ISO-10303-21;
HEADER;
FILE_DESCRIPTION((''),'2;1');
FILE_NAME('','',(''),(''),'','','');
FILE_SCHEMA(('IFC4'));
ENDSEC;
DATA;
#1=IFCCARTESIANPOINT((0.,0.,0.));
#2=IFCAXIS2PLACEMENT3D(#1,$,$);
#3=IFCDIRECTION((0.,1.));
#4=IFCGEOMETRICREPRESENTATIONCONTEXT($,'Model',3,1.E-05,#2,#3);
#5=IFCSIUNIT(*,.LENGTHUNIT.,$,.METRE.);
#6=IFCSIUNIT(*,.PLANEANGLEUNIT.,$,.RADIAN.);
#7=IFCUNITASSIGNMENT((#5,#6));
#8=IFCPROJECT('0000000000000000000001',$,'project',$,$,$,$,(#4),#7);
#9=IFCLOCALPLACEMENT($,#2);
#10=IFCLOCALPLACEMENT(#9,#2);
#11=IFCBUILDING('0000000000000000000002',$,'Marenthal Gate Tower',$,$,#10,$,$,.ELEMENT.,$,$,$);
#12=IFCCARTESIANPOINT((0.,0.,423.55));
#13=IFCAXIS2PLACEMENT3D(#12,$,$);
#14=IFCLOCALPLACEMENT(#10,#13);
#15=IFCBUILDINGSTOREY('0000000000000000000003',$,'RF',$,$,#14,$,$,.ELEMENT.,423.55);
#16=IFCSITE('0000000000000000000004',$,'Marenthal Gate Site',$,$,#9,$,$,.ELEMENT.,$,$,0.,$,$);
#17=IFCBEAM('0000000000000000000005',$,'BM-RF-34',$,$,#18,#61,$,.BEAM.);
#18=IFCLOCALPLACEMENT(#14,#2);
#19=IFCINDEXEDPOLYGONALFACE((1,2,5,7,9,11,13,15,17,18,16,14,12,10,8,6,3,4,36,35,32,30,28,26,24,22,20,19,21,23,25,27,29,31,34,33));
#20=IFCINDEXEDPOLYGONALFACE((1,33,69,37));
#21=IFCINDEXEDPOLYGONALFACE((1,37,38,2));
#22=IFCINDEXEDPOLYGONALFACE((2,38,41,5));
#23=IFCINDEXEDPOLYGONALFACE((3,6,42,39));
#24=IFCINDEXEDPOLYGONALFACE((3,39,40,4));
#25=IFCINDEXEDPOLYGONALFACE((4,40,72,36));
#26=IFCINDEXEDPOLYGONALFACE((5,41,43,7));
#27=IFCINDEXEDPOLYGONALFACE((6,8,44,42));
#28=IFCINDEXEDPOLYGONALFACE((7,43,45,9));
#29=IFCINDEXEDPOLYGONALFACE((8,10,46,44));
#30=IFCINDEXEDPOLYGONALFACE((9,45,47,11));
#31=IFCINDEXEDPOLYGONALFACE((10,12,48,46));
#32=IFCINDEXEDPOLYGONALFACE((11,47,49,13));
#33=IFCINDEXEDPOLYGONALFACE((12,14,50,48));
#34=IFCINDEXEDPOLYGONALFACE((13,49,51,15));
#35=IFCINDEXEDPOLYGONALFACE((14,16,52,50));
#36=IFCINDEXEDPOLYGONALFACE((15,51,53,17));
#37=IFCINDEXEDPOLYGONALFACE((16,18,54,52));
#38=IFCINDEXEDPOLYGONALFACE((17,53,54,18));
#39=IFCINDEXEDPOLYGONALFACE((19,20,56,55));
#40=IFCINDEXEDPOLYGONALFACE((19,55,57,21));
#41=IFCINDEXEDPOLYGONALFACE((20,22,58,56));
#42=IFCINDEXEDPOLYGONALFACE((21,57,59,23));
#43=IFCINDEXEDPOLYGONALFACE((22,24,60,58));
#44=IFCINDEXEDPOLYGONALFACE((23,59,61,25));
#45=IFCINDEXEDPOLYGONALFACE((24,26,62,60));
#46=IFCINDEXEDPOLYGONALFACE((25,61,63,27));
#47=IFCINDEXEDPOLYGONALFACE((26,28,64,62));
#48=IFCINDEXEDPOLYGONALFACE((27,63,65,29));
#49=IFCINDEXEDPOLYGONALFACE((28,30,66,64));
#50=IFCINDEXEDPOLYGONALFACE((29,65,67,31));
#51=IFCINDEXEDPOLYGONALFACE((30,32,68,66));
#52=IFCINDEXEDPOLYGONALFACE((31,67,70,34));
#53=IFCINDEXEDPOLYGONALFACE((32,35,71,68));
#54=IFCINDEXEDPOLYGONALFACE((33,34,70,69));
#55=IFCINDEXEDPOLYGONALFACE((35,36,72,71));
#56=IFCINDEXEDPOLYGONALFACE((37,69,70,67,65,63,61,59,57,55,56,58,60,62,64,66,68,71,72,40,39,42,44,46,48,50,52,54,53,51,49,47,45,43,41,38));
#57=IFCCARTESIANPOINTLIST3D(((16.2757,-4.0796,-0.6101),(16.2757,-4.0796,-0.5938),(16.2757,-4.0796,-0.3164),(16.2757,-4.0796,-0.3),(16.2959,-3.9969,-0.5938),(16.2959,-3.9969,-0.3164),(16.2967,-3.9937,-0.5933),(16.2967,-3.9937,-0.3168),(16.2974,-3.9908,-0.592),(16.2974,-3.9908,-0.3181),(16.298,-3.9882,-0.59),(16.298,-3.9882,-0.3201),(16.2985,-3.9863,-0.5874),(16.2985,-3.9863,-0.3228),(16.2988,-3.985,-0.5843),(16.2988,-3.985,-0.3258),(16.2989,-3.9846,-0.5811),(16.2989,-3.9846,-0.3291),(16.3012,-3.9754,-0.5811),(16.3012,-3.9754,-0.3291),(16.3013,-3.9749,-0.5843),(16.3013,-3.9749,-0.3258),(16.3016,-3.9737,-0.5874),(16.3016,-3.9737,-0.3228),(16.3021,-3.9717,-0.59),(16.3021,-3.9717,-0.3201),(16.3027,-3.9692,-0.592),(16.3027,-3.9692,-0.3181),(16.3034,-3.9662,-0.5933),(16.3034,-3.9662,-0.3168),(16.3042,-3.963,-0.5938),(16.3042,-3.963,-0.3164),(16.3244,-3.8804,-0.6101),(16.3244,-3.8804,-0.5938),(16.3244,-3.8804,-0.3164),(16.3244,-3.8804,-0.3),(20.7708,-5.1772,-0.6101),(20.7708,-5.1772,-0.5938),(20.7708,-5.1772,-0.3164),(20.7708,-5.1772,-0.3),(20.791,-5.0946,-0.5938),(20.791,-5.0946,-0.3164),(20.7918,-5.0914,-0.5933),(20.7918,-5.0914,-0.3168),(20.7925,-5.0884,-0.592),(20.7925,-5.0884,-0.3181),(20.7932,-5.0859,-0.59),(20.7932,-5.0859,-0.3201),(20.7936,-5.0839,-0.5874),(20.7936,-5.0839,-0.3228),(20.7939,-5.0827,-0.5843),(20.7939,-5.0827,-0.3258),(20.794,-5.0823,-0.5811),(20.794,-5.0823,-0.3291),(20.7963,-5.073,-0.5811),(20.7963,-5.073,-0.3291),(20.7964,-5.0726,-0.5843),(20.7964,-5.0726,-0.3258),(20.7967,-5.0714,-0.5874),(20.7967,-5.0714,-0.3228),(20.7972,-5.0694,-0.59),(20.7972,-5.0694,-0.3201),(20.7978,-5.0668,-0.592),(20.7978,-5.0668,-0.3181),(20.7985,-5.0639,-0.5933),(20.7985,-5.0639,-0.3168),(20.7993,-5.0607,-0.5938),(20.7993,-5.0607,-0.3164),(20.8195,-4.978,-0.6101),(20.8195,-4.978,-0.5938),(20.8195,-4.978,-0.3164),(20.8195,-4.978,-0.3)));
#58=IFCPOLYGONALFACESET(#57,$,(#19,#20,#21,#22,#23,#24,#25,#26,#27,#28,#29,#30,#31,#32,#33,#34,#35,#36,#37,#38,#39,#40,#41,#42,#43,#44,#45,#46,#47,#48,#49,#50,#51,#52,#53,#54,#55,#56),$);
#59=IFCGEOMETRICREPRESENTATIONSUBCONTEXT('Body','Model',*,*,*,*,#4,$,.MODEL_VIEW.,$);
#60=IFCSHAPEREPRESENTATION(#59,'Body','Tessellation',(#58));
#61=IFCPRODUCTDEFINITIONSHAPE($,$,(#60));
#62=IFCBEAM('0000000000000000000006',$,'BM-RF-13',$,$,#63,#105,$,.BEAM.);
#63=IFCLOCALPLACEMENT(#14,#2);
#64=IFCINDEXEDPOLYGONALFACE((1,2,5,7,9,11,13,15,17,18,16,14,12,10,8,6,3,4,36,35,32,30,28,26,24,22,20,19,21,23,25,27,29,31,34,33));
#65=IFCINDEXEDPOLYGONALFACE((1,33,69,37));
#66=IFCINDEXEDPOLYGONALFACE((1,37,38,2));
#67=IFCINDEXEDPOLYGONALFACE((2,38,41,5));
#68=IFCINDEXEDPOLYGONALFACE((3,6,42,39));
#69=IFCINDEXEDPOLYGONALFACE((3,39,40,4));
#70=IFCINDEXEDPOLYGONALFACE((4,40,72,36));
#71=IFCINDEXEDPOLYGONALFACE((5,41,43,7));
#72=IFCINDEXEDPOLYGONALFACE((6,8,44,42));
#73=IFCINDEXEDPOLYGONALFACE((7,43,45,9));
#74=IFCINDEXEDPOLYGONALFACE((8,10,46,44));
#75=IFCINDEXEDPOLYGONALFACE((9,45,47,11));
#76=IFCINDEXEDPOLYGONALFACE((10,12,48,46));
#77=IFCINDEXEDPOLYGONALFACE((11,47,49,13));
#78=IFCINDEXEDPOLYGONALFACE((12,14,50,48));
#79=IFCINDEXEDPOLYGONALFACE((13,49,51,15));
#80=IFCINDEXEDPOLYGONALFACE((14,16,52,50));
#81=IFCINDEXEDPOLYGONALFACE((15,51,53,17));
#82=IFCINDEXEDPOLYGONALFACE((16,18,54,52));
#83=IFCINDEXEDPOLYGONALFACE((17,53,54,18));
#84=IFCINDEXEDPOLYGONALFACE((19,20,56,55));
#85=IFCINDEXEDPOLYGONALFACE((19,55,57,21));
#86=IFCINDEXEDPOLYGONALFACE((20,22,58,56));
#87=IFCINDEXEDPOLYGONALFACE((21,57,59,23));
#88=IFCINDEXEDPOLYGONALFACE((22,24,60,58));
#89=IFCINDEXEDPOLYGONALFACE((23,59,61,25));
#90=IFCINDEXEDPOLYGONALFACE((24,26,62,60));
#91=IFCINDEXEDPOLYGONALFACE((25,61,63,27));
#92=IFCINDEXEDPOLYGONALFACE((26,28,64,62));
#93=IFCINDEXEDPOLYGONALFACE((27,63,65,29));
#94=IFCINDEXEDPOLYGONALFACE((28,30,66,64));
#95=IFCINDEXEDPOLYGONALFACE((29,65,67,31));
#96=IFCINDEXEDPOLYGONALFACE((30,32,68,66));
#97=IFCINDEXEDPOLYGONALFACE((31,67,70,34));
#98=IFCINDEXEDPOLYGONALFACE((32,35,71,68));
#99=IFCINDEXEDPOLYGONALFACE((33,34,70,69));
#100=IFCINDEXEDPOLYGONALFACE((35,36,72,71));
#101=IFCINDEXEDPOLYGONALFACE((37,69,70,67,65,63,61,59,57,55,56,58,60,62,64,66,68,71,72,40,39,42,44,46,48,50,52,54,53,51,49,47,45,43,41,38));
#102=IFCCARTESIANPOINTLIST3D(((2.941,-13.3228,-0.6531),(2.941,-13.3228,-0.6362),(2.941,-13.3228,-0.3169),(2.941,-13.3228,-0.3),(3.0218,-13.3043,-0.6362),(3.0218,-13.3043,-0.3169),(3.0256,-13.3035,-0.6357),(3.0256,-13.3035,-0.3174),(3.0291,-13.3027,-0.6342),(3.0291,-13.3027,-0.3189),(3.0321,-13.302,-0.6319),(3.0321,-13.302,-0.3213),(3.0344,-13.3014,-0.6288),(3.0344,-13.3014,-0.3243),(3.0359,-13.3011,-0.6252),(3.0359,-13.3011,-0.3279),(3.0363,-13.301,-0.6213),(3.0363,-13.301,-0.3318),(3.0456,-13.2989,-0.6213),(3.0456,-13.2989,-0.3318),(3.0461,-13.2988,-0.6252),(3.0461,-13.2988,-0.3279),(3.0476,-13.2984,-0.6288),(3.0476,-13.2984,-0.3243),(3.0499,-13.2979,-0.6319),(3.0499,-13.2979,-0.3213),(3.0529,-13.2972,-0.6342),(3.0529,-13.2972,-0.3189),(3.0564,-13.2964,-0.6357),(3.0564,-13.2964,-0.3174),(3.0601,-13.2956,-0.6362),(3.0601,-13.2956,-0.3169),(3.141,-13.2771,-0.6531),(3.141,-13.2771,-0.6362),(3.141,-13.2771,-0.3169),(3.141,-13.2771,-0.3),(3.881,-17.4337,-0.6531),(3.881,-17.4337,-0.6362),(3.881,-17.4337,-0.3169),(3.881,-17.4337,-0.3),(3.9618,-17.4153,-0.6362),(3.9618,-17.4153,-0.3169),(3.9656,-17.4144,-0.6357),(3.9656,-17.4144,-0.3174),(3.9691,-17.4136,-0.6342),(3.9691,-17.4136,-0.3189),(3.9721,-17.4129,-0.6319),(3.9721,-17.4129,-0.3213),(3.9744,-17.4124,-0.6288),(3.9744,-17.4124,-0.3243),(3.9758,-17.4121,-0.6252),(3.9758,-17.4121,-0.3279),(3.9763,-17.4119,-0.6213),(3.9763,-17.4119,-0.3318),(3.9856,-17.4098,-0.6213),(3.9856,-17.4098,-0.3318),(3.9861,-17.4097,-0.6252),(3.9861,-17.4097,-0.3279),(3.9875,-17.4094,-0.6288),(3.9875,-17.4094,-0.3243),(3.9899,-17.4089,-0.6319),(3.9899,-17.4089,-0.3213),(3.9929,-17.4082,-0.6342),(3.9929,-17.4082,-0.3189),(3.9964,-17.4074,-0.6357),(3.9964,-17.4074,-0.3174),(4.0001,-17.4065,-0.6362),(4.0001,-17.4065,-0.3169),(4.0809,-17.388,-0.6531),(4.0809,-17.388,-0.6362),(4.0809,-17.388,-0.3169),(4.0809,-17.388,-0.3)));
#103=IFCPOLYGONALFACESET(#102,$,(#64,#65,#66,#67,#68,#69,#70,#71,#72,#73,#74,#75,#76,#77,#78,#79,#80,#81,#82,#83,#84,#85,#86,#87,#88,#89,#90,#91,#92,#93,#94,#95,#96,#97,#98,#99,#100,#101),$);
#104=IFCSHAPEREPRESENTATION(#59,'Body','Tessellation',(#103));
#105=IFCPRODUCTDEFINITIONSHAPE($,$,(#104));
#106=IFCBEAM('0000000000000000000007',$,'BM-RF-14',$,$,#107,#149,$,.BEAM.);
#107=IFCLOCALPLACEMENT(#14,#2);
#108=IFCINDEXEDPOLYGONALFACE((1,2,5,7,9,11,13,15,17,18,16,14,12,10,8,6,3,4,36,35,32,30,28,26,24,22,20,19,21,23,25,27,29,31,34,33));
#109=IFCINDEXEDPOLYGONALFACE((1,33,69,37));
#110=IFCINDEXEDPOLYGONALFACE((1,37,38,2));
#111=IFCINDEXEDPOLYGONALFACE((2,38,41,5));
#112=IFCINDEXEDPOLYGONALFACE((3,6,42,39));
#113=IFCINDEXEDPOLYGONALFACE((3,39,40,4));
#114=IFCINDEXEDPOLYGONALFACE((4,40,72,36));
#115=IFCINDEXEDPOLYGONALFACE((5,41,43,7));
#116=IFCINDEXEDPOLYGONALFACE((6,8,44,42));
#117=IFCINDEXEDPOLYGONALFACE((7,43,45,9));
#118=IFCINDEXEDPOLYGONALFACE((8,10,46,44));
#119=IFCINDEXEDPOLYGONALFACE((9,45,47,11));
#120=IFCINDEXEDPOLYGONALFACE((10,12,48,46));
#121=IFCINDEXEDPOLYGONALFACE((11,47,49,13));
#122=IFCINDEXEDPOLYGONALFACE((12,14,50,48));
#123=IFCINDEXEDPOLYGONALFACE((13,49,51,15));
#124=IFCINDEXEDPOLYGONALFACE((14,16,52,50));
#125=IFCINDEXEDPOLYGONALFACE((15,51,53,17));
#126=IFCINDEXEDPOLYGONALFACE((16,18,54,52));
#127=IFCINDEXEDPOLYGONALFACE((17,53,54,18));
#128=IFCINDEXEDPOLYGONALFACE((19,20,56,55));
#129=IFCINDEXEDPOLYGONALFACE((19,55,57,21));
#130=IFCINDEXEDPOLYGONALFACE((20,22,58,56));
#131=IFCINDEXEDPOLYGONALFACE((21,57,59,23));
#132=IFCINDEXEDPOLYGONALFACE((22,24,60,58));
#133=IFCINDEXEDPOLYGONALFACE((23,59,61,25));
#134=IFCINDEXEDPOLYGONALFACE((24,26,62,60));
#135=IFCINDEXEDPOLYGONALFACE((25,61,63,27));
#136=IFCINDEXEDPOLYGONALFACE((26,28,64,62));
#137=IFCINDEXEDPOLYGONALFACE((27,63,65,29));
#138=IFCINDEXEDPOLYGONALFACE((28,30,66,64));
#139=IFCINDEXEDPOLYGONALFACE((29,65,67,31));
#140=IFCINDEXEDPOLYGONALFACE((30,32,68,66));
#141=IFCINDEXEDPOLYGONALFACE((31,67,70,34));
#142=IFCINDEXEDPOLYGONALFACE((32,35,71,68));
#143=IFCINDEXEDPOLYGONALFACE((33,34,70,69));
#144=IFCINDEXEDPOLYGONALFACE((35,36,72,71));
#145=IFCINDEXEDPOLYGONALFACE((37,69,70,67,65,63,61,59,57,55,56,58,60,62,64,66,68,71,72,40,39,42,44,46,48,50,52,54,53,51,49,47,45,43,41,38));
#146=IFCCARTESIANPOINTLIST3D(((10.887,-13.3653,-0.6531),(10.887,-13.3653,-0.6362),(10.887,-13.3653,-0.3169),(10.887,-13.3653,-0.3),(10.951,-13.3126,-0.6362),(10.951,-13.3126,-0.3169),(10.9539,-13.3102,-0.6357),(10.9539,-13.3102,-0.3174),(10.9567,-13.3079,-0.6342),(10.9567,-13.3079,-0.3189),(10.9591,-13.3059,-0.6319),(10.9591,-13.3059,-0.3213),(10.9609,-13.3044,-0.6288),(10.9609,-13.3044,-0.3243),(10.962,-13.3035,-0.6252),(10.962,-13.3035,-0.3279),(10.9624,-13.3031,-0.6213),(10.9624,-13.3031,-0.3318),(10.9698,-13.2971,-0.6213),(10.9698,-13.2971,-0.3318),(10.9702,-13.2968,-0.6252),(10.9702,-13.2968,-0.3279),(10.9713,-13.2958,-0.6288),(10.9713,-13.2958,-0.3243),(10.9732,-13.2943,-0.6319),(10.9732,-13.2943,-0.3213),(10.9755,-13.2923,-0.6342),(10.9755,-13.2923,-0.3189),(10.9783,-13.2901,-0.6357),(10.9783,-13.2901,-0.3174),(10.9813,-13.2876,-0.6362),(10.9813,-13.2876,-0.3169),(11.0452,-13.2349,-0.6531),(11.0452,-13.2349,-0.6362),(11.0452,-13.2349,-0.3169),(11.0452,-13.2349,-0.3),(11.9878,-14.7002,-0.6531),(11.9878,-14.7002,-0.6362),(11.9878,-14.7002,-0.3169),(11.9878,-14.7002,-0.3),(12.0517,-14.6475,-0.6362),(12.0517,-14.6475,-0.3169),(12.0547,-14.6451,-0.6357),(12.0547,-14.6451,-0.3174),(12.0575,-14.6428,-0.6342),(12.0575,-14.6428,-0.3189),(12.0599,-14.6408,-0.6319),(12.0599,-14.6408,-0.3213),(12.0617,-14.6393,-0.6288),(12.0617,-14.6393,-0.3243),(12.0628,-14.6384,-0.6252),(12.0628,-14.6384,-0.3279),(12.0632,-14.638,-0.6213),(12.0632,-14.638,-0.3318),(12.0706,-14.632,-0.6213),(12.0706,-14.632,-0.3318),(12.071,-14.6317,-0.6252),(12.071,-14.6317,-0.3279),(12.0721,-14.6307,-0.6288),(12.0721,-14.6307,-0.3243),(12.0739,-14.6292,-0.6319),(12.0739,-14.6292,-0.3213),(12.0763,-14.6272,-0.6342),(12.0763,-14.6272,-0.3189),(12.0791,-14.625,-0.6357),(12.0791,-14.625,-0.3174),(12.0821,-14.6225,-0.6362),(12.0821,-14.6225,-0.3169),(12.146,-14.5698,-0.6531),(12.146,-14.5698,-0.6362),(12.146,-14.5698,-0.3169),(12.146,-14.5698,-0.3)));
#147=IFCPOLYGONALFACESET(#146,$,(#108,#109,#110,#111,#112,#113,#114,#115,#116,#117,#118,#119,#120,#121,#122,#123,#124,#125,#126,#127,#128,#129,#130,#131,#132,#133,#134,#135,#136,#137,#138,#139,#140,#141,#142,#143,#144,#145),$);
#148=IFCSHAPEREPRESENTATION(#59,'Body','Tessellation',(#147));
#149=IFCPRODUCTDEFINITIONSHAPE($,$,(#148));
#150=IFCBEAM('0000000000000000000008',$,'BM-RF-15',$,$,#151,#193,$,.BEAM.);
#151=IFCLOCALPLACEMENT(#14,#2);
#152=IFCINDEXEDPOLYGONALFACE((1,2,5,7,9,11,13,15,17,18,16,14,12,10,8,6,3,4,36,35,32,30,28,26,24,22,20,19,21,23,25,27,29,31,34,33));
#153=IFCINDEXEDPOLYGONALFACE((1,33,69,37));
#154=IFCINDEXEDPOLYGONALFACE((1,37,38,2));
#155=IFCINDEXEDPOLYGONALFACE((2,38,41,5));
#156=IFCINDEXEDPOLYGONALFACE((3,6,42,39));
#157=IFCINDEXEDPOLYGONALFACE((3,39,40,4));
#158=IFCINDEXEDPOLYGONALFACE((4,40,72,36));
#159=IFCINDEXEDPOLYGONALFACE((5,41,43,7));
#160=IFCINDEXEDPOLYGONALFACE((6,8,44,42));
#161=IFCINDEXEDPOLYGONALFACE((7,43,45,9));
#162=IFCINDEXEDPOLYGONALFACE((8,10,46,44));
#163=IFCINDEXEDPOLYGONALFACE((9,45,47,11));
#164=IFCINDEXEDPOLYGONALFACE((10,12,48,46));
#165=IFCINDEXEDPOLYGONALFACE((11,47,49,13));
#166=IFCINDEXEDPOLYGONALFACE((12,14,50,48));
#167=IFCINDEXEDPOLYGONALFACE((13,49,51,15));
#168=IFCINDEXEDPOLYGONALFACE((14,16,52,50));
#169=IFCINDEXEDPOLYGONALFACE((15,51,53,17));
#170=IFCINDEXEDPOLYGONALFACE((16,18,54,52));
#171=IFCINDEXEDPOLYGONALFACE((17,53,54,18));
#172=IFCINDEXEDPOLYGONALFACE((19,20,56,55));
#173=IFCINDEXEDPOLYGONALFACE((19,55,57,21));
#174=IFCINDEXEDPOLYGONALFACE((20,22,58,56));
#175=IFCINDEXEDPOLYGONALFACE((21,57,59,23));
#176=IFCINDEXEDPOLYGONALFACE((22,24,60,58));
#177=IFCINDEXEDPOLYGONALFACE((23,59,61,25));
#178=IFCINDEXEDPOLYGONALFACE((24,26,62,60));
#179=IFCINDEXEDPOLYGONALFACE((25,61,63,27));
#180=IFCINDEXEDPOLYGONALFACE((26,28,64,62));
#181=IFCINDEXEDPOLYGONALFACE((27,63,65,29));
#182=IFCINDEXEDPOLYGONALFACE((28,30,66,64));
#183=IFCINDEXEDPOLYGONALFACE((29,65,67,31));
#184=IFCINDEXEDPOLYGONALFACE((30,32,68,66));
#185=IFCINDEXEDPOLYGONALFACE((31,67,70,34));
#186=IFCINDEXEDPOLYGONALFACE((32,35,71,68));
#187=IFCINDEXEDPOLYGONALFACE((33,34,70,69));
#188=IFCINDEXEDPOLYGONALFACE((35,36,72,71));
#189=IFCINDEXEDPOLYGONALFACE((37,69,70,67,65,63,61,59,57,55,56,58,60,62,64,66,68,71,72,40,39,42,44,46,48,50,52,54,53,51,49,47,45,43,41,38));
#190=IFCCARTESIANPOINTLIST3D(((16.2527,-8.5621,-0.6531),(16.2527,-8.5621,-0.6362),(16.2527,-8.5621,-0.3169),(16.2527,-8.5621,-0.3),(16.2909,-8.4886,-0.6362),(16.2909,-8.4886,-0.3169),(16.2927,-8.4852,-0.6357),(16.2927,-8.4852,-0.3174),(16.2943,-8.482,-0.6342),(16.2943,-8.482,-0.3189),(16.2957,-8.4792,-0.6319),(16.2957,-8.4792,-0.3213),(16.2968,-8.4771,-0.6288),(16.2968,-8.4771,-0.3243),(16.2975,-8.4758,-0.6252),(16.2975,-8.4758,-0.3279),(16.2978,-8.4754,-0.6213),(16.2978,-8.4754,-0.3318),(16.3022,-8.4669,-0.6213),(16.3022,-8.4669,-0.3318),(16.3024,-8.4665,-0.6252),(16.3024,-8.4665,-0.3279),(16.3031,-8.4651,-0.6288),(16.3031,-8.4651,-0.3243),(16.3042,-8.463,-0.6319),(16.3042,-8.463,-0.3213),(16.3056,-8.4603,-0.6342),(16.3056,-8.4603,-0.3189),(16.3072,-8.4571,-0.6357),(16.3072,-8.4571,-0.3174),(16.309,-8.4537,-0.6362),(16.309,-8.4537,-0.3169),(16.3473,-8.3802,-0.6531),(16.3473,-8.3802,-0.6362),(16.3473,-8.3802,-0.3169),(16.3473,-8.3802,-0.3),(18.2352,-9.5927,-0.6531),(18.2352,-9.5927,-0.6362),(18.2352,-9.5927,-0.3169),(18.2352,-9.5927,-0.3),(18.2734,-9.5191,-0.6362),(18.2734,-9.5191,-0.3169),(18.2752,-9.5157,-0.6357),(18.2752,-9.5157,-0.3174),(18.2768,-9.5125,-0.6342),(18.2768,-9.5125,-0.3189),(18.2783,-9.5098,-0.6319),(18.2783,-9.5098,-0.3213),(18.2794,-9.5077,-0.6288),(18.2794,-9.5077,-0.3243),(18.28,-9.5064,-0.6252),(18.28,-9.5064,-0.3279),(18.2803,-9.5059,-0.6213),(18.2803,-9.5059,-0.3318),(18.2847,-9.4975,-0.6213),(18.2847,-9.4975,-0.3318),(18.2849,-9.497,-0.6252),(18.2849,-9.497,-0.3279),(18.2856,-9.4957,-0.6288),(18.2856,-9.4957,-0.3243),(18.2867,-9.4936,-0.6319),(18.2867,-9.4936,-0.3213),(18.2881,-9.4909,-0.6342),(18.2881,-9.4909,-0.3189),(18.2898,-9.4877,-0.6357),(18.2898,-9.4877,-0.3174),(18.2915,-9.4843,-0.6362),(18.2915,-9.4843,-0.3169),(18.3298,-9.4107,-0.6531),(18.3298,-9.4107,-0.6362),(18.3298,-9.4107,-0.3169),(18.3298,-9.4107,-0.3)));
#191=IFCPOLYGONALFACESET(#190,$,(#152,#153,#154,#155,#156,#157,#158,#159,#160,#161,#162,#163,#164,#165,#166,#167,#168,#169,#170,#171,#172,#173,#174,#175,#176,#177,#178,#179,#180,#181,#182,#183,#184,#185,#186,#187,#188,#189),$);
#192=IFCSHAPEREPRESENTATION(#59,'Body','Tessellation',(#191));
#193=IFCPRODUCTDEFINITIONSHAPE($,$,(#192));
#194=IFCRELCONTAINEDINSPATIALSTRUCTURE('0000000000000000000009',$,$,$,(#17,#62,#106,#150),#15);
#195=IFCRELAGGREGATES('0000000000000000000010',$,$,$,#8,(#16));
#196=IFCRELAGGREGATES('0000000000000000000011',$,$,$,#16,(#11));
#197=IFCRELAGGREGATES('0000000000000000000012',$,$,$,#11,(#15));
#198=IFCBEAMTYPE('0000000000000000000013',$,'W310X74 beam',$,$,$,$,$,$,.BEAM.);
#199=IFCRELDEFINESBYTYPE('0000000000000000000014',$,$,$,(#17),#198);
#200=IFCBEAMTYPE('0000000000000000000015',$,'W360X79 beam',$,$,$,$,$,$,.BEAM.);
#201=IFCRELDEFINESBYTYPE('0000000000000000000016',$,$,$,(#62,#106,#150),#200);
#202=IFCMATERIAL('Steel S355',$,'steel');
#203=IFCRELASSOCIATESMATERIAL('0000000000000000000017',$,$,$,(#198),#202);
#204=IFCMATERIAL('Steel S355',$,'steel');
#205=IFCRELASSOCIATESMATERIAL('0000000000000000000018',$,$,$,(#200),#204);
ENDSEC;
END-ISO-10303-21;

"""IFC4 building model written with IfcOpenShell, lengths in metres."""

from ifc_helpers import new_model, si_unit, direction, frame, origin, origin_2d, place, context, subcontext, project, spatial, i_section, extrude, material, material_profile, profile_set, type_object, element, save


model = new_model("IFC4")

# Units and contexts
model_context = context("Model", 3, precision=1e-05, world=origin(), true_north=direction((0.0, 1.0)))
body_context = subcontext(model_context, "Body", "Model", "MODEL_VIEW")
ifc_project = project(units=[si_unit("LENGTHUNIT", "METRE"), si_unit("PLANEANGLEUNIT", "RADIAN")], contexts=[model_context])

# Site, building, storey
site_placement = place(None, origin())
site = spatial("IfcSite", under=ifc_project, at=site_placement, Name="Marenthal Gate Site", CompositionType="ELEMENT", RefElevation=0.0)
building_placement = place(site_placement, origin())
building = spatial("IfcBuilding", under=site, at=building_placement, Name="Marenthal Gate Tower", CompositionType="ELEMENT")
storey_placement = place(building_placement, frame((0.0, 0.0, 423.55)))
storey = spatial("IfcBuildingStorey", under=building, at=storey_placement, Name="RF", CompositionType="ELEMENT", Elevation=423.55)

# Beams
ifc_material_1 = material(Name="Steel S355", Category="steel")
ifc_material_profile_1 = material_profile(ifc_material_1, i_section(OverallWidth=0.2051, OverallDepth=0.3101, WebThickness=0.0095, FlangeThickness=0.0164, FilletRadius=0.0127, at=origin_2d()), Name="W310X74")
ifc_profile_set_1 = profile_set([ifc_material_profile_1], Name="Steel S355")
beam_type_1 = type_object("IfcBeamType", Name="W310X74 beam", PredefinedType="BEAM", material=ifc_profile_set_1)
beam_1_placement = place(storey_placement, frame((20.7952, -5.0776, -0.4551), z_axis=(-0.971456, 0.237219, 0.0), x_axis=(-0.237219, -0.971456, 0.0)))
element("IfcBeam", 1, at=beam_1_placement, inside=storey, type_object=beam_type_1, Name="BM-RF-34", PredefinedType="BEAM", context=body_context, shape_type="SweptSolid", body=[
    extrude(i_section(OverallWidth=0.2051, OverallDepth=0.3101, WebThickness=0.0095, FlangeThickness=0.0164, FilletRadius=0.0127, at=origin_2d()), origin(), (0.0, 0.0, 1.0), 4.6272),
])
ifc_material_2 = material(Name="Steel S355", Category="steel")
ifc_material_profile_2 = material_profile(ifc_material_2, i_section(OverallWidth=0.2051, OverallDepth=0.353, WebThickness=0.0095, FlangeThickness=0.0168, FilletRadius=0.0149, at=origin_2d()), Name="W360X79")
ifc_profile_set_2 = profile_set([ifc_material_profile_2], Name="Steel S355")
beam_type_2 = type_object("IfcBeamType", Name="W360X79 beam", PredefinedType="BEAM", material=ifc_profile_set_2)
beam_2_placement = place(storey_placement, frame((3.981, -17.4109, -0.4766), z_axis=(-0.222897, 0.974842, 0.0), x_axis=(-0.974842, -0.222897, 0.0)))
element("IfcBeam", 2, at=beam_2_placement, inside=storey, type_object=beam_type_2, Name="BM-RF-13", PredefinedType="BEAM", context=body_context, shape_type="SweptSolid", body=[
    extrude(i_section(OverallWidth=0.2051, OverallDepth=0.353, WebThickness=0.0095, FlangeThickness=0.0168, FilletRadius=0.0149, at=origin_2d()), origin(), (0.0, 0.0, 1.0), 4.217),
])
beam_3_placement = place(storey_placement, frame((12.0669, -14.635, -0.4766), z_axis=(-0.636207, 0.771519, 0.0), x_axis=(-0.771519, -0.636207, 0.0)))
element("IfcBeam", 3, at=beam_3_placement, inside=storey, type_object=beam_type_2, Name="BM-RF-14", PredefinedType="BEAM", context=body_context, shape_type="SweptSolid", body=[
    extrude(i_section(OverallWidth=0.2051, OverallDepth=0.353, WebThickness=0.0095, FlangeThickness=0.0168, FilletRadius=0.0149, at=origin_2d()), origin(), (0.0, 0.0, 1.0), 1.7302),
])
beam_4_placement = place(storey_placement, frame((18.2825, -9.5017, -0.4766), z_axis=(-0.887279, 0.461232, 0.0), x_axis=(-0.461232, -0.887279, 0.0)))
element("IfcBeam", 4, at=beam_4_placement, inside=storey, type_object=beam_type_2, Name="BM-RF-15", PredefinedType="BEAM", context=body_context, shape_type="SweptSolid", body=[
    extrude(i_section(OverallWidth=0.2051, OverallDepth=0.353, WebThickness=0.0095, FlangeThickness=0.0168, FilletRadius=0.0149, at=origin_2d()), origin(), (0.0, 0.0, 1.0), 2.2344),
])

save(model, "model.ifc")
